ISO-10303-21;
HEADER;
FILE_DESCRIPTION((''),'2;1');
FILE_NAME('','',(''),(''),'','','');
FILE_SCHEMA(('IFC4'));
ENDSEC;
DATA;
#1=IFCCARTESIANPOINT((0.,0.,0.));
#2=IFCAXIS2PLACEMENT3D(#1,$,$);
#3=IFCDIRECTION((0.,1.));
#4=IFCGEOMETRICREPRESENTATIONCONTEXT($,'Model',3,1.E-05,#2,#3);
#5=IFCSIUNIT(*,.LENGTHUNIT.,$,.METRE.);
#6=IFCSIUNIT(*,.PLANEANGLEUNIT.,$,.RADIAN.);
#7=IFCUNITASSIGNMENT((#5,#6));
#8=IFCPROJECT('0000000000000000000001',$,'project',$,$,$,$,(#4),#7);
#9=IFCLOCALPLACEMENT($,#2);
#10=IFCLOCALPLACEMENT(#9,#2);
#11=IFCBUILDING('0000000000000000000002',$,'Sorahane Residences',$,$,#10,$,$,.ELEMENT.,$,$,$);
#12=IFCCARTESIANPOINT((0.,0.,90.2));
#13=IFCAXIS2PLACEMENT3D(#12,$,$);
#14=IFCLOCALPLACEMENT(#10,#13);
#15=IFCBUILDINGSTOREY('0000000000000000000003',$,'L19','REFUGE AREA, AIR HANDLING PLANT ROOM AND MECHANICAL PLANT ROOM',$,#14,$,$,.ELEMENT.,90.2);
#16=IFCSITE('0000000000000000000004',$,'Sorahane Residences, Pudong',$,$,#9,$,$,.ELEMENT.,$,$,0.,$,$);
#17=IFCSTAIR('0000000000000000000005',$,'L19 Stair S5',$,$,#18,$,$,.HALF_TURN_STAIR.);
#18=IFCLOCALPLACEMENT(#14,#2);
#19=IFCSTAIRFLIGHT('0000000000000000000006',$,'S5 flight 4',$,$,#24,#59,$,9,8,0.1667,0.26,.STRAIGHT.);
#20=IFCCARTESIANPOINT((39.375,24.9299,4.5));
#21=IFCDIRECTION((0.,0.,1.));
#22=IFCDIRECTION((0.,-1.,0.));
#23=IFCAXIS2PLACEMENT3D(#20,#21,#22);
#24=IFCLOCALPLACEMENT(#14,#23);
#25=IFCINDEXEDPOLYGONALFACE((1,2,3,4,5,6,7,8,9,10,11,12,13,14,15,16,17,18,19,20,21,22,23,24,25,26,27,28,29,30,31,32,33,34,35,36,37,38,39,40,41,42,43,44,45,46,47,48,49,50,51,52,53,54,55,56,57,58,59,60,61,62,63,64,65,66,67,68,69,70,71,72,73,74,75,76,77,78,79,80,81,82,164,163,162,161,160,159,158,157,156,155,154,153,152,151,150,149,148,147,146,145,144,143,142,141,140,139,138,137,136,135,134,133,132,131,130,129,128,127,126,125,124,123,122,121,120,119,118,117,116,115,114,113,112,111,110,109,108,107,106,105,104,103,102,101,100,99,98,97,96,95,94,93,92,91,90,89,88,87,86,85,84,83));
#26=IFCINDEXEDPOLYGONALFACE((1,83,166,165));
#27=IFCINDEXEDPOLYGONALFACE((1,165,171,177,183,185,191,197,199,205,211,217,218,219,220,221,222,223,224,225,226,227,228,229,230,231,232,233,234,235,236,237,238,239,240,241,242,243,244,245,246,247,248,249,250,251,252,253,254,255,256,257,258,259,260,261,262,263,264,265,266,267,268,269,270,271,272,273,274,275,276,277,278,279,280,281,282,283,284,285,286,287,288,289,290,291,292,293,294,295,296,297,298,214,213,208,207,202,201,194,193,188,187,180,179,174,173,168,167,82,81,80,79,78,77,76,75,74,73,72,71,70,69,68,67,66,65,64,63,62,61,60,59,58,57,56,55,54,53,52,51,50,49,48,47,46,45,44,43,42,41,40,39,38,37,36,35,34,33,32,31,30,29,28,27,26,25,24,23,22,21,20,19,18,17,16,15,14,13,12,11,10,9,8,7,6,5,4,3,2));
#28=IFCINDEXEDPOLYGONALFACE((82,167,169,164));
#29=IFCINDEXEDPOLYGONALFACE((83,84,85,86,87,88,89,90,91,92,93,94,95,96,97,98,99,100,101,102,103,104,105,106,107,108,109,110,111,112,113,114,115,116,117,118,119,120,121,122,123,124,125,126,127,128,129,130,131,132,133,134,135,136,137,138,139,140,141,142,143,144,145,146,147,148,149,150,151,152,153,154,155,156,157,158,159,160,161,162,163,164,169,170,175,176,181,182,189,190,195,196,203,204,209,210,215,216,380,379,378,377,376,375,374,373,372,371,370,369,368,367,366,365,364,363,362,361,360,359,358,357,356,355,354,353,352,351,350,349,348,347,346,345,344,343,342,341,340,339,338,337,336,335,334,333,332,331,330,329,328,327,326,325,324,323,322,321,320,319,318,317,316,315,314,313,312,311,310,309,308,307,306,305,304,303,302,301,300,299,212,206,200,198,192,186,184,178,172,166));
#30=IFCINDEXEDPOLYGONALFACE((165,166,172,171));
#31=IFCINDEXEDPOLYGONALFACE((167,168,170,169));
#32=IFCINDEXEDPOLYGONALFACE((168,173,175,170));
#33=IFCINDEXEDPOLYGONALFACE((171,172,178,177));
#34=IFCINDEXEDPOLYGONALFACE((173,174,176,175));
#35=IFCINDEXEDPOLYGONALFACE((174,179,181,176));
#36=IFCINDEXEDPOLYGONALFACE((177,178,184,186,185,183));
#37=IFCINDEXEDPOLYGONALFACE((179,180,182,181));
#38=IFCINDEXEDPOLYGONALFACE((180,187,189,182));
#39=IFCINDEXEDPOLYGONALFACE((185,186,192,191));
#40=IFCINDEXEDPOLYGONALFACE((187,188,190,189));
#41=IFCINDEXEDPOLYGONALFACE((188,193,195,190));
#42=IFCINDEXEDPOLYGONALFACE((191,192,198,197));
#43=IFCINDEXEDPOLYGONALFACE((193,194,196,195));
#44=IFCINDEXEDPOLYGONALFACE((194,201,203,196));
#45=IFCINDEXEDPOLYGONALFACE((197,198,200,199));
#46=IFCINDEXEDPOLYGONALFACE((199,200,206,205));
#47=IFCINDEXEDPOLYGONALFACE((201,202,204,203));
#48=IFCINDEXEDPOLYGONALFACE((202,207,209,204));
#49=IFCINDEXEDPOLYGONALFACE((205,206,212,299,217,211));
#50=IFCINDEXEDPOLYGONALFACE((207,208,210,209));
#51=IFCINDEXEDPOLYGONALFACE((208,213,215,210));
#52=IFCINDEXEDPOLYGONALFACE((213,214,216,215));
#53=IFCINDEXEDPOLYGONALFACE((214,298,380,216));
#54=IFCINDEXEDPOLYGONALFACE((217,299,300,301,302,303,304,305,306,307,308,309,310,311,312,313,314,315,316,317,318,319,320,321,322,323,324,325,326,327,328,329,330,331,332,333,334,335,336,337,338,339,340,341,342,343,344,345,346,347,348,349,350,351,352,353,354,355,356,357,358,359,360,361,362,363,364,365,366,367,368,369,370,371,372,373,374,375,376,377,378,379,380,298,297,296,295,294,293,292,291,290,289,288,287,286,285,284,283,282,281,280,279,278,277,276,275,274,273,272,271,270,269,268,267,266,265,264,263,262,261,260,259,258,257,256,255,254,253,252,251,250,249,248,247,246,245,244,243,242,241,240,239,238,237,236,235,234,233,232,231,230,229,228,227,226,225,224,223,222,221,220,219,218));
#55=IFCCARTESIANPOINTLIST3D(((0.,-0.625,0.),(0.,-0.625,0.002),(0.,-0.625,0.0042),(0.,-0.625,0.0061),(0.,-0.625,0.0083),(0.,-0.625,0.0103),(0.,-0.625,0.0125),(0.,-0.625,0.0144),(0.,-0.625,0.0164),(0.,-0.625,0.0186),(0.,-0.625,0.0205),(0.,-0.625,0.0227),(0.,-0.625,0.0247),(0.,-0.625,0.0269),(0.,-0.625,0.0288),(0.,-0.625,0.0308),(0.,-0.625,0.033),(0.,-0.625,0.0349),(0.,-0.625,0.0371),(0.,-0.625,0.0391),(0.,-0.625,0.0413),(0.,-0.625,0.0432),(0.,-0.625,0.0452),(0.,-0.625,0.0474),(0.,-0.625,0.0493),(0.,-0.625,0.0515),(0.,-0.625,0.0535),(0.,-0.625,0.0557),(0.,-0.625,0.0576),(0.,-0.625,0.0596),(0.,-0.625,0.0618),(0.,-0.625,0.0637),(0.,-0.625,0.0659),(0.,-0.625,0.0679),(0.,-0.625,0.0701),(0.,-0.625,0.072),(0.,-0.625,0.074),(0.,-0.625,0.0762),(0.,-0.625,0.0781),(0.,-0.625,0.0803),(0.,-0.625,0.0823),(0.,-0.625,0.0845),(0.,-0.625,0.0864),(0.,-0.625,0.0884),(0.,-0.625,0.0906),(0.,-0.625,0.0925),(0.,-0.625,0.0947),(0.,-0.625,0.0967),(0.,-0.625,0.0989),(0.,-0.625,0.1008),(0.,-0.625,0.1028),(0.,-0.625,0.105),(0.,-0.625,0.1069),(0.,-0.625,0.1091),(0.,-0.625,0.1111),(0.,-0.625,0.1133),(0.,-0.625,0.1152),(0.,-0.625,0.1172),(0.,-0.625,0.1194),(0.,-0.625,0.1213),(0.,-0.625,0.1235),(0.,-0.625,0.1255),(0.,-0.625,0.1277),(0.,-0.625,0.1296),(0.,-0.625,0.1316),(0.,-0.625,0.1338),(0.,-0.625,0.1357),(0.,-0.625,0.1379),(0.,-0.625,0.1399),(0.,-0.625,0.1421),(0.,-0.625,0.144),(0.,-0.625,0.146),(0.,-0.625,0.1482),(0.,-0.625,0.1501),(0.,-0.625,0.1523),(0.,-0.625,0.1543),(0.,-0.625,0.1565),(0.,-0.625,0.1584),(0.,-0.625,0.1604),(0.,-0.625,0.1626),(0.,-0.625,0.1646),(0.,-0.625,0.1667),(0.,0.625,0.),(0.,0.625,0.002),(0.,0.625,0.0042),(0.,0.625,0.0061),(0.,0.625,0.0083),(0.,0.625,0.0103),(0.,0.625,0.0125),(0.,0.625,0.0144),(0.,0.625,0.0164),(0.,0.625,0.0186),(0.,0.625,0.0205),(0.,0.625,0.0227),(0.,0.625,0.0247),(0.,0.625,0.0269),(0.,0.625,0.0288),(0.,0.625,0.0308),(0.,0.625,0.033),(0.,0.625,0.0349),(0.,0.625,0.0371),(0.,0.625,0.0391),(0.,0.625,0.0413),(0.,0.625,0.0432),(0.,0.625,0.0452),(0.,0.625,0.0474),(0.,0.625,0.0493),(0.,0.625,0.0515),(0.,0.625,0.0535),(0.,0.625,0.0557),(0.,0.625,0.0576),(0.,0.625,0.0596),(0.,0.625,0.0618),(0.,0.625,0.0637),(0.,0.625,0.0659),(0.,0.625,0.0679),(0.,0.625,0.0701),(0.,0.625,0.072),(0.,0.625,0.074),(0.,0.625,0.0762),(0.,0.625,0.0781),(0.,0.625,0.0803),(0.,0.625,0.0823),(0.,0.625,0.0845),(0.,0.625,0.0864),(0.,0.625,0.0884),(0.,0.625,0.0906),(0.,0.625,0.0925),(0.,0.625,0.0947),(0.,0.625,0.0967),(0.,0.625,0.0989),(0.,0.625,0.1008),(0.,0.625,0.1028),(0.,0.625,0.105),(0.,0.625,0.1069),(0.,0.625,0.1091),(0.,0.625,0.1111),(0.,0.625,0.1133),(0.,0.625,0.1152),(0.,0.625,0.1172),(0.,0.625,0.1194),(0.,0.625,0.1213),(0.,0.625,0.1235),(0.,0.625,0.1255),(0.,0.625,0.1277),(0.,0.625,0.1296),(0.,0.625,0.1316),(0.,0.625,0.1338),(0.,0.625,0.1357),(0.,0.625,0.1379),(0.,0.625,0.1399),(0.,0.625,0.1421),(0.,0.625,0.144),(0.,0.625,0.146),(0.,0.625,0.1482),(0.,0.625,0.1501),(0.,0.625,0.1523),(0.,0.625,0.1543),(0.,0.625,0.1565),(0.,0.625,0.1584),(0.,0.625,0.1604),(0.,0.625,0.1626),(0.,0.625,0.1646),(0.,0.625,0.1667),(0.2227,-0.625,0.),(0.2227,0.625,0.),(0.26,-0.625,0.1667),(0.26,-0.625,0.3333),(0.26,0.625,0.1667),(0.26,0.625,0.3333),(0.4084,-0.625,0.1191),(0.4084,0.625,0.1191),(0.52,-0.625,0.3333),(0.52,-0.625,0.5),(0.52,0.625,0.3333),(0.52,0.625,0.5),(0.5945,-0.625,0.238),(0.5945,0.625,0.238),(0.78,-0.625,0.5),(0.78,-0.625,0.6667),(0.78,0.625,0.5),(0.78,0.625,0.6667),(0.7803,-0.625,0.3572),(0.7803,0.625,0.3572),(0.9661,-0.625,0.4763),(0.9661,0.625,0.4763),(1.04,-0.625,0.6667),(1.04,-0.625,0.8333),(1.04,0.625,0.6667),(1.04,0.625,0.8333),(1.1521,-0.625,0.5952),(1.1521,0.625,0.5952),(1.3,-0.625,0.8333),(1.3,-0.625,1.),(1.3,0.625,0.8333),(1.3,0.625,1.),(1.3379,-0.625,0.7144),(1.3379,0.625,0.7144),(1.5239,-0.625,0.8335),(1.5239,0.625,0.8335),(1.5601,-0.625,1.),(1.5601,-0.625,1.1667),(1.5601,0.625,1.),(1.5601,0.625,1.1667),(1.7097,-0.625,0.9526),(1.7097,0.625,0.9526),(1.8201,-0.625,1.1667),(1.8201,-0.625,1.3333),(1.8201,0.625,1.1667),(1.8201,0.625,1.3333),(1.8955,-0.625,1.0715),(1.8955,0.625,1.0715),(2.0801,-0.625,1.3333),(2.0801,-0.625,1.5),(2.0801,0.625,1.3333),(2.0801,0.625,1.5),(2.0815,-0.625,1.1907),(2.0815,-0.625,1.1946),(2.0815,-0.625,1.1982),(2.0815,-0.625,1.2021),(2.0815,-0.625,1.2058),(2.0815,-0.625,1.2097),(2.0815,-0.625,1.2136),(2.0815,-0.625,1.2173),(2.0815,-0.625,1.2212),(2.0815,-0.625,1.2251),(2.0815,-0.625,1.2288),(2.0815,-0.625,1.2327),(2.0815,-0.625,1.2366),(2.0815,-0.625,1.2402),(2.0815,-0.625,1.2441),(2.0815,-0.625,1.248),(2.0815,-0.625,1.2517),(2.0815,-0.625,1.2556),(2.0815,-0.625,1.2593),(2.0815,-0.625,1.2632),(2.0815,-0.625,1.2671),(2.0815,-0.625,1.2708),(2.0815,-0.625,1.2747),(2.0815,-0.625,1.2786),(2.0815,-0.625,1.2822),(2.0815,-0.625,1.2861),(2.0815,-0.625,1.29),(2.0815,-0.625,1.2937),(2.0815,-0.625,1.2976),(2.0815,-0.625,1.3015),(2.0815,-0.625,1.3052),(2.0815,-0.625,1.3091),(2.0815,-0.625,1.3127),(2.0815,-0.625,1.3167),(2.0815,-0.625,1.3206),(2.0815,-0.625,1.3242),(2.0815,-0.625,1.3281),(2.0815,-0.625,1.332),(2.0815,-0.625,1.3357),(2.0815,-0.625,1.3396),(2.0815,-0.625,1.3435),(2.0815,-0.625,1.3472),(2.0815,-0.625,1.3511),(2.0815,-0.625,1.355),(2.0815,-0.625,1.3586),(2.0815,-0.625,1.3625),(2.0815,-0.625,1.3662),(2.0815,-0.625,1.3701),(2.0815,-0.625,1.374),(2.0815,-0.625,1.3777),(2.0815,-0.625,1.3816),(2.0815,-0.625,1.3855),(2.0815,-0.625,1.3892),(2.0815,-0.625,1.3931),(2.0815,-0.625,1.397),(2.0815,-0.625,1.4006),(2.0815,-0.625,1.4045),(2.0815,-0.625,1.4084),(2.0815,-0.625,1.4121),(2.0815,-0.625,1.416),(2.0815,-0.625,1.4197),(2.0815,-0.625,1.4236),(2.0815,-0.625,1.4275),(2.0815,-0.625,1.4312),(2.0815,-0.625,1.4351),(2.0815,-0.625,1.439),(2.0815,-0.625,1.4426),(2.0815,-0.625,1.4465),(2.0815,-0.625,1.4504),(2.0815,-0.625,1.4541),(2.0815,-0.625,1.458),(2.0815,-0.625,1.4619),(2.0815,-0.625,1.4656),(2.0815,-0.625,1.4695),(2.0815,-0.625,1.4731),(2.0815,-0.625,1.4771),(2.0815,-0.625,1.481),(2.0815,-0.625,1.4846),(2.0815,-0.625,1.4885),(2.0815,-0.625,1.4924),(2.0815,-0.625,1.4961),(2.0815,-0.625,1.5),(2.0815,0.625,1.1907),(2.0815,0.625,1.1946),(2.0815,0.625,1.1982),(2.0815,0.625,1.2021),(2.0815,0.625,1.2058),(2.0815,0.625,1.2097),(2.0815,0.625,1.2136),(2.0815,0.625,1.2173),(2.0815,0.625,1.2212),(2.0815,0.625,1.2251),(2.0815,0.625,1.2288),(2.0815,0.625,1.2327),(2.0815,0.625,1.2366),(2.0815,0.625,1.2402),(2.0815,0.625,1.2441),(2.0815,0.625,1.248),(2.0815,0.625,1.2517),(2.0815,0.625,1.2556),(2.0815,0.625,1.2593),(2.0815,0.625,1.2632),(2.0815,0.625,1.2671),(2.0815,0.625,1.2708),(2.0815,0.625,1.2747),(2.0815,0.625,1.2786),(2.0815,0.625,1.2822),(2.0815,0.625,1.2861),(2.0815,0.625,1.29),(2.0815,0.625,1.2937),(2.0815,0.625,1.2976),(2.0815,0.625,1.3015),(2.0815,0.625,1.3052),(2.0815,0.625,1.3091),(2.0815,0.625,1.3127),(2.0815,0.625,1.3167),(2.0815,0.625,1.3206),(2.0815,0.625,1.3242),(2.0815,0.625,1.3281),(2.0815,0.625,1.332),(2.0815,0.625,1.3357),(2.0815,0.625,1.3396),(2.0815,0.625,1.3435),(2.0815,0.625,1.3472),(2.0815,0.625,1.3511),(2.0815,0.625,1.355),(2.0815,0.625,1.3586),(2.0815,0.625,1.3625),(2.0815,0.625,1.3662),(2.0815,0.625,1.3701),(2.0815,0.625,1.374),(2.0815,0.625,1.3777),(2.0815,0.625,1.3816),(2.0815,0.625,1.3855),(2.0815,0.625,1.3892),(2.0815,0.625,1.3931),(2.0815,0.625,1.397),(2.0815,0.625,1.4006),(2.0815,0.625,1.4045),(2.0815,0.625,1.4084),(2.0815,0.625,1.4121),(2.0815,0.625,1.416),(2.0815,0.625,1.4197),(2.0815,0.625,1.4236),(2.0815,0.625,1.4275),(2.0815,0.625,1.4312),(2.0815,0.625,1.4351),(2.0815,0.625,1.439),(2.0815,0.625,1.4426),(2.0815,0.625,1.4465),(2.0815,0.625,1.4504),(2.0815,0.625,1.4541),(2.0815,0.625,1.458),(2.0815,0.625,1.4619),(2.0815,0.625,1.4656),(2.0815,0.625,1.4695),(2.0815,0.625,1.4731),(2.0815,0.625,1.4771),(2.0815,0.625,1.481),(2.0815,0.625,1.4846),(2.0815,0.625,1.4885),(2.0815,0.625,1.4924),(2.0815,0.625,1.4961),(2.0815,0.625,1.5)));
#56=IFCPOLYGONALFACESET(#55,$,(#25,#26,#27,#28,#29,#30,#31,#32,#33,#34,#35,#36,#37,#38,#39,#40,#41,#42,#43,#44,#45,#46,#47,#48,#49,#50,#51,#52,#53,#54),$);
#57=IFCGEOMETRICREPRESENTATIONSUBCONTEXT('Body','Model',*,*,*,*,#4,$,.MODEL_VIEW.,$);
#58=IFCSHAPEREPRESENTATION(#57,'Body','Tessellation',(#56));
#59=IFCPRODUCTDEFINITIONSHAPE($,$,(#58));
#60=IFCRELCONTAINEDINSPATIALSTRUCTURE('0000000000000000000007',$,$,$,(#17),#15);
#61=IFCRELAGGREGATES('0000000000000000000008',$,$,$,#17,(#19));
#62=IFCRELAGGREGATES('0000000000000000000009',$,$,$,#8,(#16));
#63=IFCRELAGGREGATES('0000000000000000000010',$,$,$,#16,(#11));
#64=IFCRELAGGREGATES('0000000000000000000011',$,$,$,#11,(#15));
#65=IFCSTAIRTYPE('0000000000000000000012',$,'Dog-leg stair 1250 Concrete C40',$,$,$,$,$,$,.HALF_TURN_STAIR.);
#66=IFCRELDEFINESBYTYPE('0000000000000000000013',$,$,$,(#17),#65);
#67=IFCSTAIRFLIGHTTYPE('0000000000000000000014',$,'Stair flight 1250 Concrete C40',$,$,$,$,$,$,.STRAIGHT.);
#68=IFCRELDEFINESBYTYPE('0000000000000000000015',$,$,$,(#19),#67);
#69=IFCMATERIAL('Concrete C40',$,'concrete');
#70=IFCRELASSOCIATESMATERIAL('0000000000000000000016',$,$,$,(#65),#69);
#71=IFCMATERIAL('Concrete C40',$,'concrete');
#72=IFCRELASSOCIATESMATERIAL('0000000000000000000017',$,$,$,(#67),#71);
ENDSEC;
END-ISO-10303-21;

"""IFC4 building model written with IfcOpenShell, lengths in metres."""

from ifc_helpers import new_model, si_unit, direction, frame, origin, place, context, subcontext, project, spatial, polyline, outline, extrude, material, type_object, element, aggregate, save


model = new_model("IFC4")

# Units and contexts
model_context = context("Model", 3, precision=1e-05, world=origin(), true_north=direction((0.0, 1.0)))
body_context = subcontext(model_context, "Body", "Model", "MODEL_VIEW")
ifc_project = project(units=[si_unit("LENGTHUNIT", "METRE"), si_unit("PLANEANGLEUNIT", "RADIAN")], contexts=[model_context])

# Site, building, storey
site_placement = place(None, origin())
site = spatial("IfcSite", under=ifc_project, at=site_placement, Name="Sorahane Residences, Pudong", CompositionType="ELEMENT", RefElevation=0.0)
building_placement = place(site_placement, origin())
building = spatial("IfcBuilding", under=site, at=building_placement, Name="Sorahane Residences", CompositionType="ELEMENT")
storey_placement = place(building_placement, frame((0.0, 0.0, 90.2)))
storey = spatial("IfcBuildingStorey", under=building, at=storey_placement, Name="L19", Description="REFUGE AREA, AIR HANDLING PLANT ROOM AND MECHANICAL PLANT ROOM", CompositionType="ELEMENT", Elevation=90.2)

# Shared definitions
ifc_material_1 = material(Name="Concrete C40", Category="concrete")
stair_type = type_object("IfcStairType", Name="Dog-leg stair 1250 Concrete C40", PredefinedType="HALF_TURN_STAIR", material=ifc_material_1)
ifc_material_2 = material(Name="Concrete C40", Category="concrete")
stair_flight_type = type_object("IfcStairFlightType", Name="Stair flight 1250 Concrete C40", PredefinedType="STRAIGHT", material=ifc_material_2)

# Stair, stair flight
stair_1_placement = place(storey_placement, origin())
stair_1 = element("IfcStair", 1, at=stair_1_placement, inside=storey, type_object=stair_type, Name="L19 Stair S5", PredefinedType="HALF_TURN_STAIR")
stair_flight_1_placement = place(storey_placement, frame((39.375, 24.9299, 4.5), z_axis=(0.0, 0.0, 1.0), x_axis=(0.0, -1.0, 0.0)))
stair_flight_1 = element("IfcStairFlight", 2, at=stair_flight_1_placement, type_object=stair_flight_type, Name="S5 flight 4", NumberOfRisers=9, NumberOfTreads=8, PredefinedType="STRAIGHT", RiserHeight=0.1667, TreadLength=0.26, context=body_context, shape_type="SweptSolid", body=[
    extrude(outline(polyline([(0.0, 0.0), (0.0, 0.002), (0.0, 0.0042), (0.0, 0.0061), (0.0, 0.0083), (0.0, 0.0103), (0.0, 0.0125), (0.0, 0.0144), (0.0, 0.0164), (0.0, 0.0186), (0.0, 0.0205), (0.0, 0.0227), (0.0, 0.0247), (0.0, 0.0269), (0.0, 0.0288), (0.0, 0.0308), (0.0, 0.033), (0.0, 0.0349), (0.0, 0.0371), (0.0, 0.0391), (0.0, 0.0413), (0.0, 0.0432), (0.0, 0.0452), (0.0, 0.0474), (0.0, 0.0493), (0.0, 0.0515), (0.0, 0.0535), (0.0, 0.0557), (0.0, 0.0576), (0.0, 0.0596), (0.0, 0.0618), (0.0, 0.0637), (0.0, 0.0659), (0.0, 0.0679), (0.0, 0.0701), (0.0, 0.072), (0.0, 0.074), (0.0, 0.0762), (0.0, 0.0781), (0.0, 0.0803), (0.0, 0.0823), (0.0, 0.0845), (0.0, 0.0864), (0.0, 0.0884), (0.0, 0.0906), (0.0, 0.0925), (0.0, 0.0947), (0.0, 0.0967), (0.0, 0.0989), (0.0, 0.1008), (0.0, 0.1028), (0.0, 0.105), (0.0, 0.1069), (0.0, 0.1091), (0.0, 0.1111), (0.0, 0.1133), (0.0, 0.1152), (0.0, 0.1172), (0.0, 0.1194), (0.0, 0.1213), (0.0, 0.1235), (0.0, 0.1255), (0.0, 0.1277), (0.0, 0.1296), (0.0, 0.1316), (0.0, 0.1338), (0.0, 0.1357), (0.0, 0.1379), (0.0, 0.1399), (0.0, 0.1421), (0.0, 0.144), (0.0, 0.146), (0.0, 0.1482), (0.0, 0.1501), (0.0, 0.1523), (0.0, 0.1543), (0.0, 0.1565), (0.0, 0.1584), (0.0, 0.1604), (0.0, 0.1626), (0.0, 0.1646), (0.0, 0.1667), (0.26, 0.1667), (0.26, 0.3333), (0.52, 0.3333), (0.52, 0.5), (0.78, 0.5), (0.78, 0.6667), (1.04, 0.6667), (1.04, 0.8333), (1.3, 0.8333), (1.3, 1.0), (1.5601, 1.0), (1.5601, 1.1667), (1.8201, 1.1667), (1.8201, 1.3333), (2.0801, 1.3333), (2.0801, 1.5), (2.0815, 1.5), (2.0815, 1.4961), (2.0815, 1.4924), (2.0815, 1.4885), (2.0815, 1.4846), (2.0815, 1.481), (2.0815, 1.4771), (2.0815, 1.4731), (2.0815, 1.4695), (2.0815, 1.4656), (2.0815, 1.4619), (2.0815, 1.458), (2.0815, 1.4541), (2.0815, 1.4504), (2.0815, 1.4465), (2.0815, 1.4426), (2.0815, 1.439), (2.0815, 1.4351), (2.0815, 1.4312), (2.0815, 1.4275), (2.0815, 1.4236), (2.0815, 1.4197), (2.0815, 1.416), (2.0815, 1.4121), (2.0815, 1.4084), (2.0815, 1.4045), (2.0815, 1.4006), (2.0815, 1.397), (2.0815, 1.3931), (2.0815, 1.3892), (2.0815, 1.3855), (2.0815, 1.3816), (2.0815, 1.3777), (2.0815, 1.374), (2.0815, 1.3701), (2.0815, 1.3662), (2.0815, 1.3625), (2.0815, 1.3586), (2.0815, 1.355), (2.0815, 1.3511), (2.0815, 1.3472), (2.0815, 1.3435), (2.0815, 1.3396), (2.0815, 1.3357), (2.0815, 1.332), (2.0815, 1.3281), (2.0815, 1.3242), (2.0815, 1.3206), (2.0815, 1.3167), (2.0815, 1.3127), (2.0815, 1.3091), (2.0815, 1.3052), (2.0815, 1.3015), (2.0815, 1.2976), (2.0815, 1.2937), (2.0815, 1.29), (2.0815, 1.2861), (2.0815, 1.2822), (2.0815, 1.2786), (2.0815, 1.2747), (2.0815, 1.2708), (2.0815, 1.2671), (2.0815, 1.2632), (2.0815, 1.2593), (2.0815, 1.2556), (2.0815, 1.2517), (2.0815, 1.248), (2.0815, 1.2441), (2.0815, 1.2402), (2.0815, 1.2366), (2.0815, 1.2327), (2.0815, 1.2288), (2.0815, 1.2251), (2.0815, 1.2212), (2.0815, 1.2173), (2.0815, 1.2136), (2.0815, 1.2097), (2.0815, 1.2058), (2.0815, 1.2021), (2.0815, 1.1982), (2.0815, 1.1946), (2.0815, 1.1907), (1.8955, 1.0715), (1.7097, 0.9526), (1.5239, 0.8335), (1.3379, 0.7144), (1.1521, 0.5952), (0.9661, 0.4763), (0.7803, 0.3572), (0.5945, 0.238), (0.4084, 0.1191), (0.2227, 0.0), (0.0, 0.0)])), frame((0.0, 0.625, 0.0), z_axis=(0.0, -1.0, 0.0), x_axis=(1.0, 0.0, 0.0)), (0.0, 0.0, 1.0), 1.25),
])
aggregate(stair_1, [stair_flight_1])

save(model, "model.ifc")
